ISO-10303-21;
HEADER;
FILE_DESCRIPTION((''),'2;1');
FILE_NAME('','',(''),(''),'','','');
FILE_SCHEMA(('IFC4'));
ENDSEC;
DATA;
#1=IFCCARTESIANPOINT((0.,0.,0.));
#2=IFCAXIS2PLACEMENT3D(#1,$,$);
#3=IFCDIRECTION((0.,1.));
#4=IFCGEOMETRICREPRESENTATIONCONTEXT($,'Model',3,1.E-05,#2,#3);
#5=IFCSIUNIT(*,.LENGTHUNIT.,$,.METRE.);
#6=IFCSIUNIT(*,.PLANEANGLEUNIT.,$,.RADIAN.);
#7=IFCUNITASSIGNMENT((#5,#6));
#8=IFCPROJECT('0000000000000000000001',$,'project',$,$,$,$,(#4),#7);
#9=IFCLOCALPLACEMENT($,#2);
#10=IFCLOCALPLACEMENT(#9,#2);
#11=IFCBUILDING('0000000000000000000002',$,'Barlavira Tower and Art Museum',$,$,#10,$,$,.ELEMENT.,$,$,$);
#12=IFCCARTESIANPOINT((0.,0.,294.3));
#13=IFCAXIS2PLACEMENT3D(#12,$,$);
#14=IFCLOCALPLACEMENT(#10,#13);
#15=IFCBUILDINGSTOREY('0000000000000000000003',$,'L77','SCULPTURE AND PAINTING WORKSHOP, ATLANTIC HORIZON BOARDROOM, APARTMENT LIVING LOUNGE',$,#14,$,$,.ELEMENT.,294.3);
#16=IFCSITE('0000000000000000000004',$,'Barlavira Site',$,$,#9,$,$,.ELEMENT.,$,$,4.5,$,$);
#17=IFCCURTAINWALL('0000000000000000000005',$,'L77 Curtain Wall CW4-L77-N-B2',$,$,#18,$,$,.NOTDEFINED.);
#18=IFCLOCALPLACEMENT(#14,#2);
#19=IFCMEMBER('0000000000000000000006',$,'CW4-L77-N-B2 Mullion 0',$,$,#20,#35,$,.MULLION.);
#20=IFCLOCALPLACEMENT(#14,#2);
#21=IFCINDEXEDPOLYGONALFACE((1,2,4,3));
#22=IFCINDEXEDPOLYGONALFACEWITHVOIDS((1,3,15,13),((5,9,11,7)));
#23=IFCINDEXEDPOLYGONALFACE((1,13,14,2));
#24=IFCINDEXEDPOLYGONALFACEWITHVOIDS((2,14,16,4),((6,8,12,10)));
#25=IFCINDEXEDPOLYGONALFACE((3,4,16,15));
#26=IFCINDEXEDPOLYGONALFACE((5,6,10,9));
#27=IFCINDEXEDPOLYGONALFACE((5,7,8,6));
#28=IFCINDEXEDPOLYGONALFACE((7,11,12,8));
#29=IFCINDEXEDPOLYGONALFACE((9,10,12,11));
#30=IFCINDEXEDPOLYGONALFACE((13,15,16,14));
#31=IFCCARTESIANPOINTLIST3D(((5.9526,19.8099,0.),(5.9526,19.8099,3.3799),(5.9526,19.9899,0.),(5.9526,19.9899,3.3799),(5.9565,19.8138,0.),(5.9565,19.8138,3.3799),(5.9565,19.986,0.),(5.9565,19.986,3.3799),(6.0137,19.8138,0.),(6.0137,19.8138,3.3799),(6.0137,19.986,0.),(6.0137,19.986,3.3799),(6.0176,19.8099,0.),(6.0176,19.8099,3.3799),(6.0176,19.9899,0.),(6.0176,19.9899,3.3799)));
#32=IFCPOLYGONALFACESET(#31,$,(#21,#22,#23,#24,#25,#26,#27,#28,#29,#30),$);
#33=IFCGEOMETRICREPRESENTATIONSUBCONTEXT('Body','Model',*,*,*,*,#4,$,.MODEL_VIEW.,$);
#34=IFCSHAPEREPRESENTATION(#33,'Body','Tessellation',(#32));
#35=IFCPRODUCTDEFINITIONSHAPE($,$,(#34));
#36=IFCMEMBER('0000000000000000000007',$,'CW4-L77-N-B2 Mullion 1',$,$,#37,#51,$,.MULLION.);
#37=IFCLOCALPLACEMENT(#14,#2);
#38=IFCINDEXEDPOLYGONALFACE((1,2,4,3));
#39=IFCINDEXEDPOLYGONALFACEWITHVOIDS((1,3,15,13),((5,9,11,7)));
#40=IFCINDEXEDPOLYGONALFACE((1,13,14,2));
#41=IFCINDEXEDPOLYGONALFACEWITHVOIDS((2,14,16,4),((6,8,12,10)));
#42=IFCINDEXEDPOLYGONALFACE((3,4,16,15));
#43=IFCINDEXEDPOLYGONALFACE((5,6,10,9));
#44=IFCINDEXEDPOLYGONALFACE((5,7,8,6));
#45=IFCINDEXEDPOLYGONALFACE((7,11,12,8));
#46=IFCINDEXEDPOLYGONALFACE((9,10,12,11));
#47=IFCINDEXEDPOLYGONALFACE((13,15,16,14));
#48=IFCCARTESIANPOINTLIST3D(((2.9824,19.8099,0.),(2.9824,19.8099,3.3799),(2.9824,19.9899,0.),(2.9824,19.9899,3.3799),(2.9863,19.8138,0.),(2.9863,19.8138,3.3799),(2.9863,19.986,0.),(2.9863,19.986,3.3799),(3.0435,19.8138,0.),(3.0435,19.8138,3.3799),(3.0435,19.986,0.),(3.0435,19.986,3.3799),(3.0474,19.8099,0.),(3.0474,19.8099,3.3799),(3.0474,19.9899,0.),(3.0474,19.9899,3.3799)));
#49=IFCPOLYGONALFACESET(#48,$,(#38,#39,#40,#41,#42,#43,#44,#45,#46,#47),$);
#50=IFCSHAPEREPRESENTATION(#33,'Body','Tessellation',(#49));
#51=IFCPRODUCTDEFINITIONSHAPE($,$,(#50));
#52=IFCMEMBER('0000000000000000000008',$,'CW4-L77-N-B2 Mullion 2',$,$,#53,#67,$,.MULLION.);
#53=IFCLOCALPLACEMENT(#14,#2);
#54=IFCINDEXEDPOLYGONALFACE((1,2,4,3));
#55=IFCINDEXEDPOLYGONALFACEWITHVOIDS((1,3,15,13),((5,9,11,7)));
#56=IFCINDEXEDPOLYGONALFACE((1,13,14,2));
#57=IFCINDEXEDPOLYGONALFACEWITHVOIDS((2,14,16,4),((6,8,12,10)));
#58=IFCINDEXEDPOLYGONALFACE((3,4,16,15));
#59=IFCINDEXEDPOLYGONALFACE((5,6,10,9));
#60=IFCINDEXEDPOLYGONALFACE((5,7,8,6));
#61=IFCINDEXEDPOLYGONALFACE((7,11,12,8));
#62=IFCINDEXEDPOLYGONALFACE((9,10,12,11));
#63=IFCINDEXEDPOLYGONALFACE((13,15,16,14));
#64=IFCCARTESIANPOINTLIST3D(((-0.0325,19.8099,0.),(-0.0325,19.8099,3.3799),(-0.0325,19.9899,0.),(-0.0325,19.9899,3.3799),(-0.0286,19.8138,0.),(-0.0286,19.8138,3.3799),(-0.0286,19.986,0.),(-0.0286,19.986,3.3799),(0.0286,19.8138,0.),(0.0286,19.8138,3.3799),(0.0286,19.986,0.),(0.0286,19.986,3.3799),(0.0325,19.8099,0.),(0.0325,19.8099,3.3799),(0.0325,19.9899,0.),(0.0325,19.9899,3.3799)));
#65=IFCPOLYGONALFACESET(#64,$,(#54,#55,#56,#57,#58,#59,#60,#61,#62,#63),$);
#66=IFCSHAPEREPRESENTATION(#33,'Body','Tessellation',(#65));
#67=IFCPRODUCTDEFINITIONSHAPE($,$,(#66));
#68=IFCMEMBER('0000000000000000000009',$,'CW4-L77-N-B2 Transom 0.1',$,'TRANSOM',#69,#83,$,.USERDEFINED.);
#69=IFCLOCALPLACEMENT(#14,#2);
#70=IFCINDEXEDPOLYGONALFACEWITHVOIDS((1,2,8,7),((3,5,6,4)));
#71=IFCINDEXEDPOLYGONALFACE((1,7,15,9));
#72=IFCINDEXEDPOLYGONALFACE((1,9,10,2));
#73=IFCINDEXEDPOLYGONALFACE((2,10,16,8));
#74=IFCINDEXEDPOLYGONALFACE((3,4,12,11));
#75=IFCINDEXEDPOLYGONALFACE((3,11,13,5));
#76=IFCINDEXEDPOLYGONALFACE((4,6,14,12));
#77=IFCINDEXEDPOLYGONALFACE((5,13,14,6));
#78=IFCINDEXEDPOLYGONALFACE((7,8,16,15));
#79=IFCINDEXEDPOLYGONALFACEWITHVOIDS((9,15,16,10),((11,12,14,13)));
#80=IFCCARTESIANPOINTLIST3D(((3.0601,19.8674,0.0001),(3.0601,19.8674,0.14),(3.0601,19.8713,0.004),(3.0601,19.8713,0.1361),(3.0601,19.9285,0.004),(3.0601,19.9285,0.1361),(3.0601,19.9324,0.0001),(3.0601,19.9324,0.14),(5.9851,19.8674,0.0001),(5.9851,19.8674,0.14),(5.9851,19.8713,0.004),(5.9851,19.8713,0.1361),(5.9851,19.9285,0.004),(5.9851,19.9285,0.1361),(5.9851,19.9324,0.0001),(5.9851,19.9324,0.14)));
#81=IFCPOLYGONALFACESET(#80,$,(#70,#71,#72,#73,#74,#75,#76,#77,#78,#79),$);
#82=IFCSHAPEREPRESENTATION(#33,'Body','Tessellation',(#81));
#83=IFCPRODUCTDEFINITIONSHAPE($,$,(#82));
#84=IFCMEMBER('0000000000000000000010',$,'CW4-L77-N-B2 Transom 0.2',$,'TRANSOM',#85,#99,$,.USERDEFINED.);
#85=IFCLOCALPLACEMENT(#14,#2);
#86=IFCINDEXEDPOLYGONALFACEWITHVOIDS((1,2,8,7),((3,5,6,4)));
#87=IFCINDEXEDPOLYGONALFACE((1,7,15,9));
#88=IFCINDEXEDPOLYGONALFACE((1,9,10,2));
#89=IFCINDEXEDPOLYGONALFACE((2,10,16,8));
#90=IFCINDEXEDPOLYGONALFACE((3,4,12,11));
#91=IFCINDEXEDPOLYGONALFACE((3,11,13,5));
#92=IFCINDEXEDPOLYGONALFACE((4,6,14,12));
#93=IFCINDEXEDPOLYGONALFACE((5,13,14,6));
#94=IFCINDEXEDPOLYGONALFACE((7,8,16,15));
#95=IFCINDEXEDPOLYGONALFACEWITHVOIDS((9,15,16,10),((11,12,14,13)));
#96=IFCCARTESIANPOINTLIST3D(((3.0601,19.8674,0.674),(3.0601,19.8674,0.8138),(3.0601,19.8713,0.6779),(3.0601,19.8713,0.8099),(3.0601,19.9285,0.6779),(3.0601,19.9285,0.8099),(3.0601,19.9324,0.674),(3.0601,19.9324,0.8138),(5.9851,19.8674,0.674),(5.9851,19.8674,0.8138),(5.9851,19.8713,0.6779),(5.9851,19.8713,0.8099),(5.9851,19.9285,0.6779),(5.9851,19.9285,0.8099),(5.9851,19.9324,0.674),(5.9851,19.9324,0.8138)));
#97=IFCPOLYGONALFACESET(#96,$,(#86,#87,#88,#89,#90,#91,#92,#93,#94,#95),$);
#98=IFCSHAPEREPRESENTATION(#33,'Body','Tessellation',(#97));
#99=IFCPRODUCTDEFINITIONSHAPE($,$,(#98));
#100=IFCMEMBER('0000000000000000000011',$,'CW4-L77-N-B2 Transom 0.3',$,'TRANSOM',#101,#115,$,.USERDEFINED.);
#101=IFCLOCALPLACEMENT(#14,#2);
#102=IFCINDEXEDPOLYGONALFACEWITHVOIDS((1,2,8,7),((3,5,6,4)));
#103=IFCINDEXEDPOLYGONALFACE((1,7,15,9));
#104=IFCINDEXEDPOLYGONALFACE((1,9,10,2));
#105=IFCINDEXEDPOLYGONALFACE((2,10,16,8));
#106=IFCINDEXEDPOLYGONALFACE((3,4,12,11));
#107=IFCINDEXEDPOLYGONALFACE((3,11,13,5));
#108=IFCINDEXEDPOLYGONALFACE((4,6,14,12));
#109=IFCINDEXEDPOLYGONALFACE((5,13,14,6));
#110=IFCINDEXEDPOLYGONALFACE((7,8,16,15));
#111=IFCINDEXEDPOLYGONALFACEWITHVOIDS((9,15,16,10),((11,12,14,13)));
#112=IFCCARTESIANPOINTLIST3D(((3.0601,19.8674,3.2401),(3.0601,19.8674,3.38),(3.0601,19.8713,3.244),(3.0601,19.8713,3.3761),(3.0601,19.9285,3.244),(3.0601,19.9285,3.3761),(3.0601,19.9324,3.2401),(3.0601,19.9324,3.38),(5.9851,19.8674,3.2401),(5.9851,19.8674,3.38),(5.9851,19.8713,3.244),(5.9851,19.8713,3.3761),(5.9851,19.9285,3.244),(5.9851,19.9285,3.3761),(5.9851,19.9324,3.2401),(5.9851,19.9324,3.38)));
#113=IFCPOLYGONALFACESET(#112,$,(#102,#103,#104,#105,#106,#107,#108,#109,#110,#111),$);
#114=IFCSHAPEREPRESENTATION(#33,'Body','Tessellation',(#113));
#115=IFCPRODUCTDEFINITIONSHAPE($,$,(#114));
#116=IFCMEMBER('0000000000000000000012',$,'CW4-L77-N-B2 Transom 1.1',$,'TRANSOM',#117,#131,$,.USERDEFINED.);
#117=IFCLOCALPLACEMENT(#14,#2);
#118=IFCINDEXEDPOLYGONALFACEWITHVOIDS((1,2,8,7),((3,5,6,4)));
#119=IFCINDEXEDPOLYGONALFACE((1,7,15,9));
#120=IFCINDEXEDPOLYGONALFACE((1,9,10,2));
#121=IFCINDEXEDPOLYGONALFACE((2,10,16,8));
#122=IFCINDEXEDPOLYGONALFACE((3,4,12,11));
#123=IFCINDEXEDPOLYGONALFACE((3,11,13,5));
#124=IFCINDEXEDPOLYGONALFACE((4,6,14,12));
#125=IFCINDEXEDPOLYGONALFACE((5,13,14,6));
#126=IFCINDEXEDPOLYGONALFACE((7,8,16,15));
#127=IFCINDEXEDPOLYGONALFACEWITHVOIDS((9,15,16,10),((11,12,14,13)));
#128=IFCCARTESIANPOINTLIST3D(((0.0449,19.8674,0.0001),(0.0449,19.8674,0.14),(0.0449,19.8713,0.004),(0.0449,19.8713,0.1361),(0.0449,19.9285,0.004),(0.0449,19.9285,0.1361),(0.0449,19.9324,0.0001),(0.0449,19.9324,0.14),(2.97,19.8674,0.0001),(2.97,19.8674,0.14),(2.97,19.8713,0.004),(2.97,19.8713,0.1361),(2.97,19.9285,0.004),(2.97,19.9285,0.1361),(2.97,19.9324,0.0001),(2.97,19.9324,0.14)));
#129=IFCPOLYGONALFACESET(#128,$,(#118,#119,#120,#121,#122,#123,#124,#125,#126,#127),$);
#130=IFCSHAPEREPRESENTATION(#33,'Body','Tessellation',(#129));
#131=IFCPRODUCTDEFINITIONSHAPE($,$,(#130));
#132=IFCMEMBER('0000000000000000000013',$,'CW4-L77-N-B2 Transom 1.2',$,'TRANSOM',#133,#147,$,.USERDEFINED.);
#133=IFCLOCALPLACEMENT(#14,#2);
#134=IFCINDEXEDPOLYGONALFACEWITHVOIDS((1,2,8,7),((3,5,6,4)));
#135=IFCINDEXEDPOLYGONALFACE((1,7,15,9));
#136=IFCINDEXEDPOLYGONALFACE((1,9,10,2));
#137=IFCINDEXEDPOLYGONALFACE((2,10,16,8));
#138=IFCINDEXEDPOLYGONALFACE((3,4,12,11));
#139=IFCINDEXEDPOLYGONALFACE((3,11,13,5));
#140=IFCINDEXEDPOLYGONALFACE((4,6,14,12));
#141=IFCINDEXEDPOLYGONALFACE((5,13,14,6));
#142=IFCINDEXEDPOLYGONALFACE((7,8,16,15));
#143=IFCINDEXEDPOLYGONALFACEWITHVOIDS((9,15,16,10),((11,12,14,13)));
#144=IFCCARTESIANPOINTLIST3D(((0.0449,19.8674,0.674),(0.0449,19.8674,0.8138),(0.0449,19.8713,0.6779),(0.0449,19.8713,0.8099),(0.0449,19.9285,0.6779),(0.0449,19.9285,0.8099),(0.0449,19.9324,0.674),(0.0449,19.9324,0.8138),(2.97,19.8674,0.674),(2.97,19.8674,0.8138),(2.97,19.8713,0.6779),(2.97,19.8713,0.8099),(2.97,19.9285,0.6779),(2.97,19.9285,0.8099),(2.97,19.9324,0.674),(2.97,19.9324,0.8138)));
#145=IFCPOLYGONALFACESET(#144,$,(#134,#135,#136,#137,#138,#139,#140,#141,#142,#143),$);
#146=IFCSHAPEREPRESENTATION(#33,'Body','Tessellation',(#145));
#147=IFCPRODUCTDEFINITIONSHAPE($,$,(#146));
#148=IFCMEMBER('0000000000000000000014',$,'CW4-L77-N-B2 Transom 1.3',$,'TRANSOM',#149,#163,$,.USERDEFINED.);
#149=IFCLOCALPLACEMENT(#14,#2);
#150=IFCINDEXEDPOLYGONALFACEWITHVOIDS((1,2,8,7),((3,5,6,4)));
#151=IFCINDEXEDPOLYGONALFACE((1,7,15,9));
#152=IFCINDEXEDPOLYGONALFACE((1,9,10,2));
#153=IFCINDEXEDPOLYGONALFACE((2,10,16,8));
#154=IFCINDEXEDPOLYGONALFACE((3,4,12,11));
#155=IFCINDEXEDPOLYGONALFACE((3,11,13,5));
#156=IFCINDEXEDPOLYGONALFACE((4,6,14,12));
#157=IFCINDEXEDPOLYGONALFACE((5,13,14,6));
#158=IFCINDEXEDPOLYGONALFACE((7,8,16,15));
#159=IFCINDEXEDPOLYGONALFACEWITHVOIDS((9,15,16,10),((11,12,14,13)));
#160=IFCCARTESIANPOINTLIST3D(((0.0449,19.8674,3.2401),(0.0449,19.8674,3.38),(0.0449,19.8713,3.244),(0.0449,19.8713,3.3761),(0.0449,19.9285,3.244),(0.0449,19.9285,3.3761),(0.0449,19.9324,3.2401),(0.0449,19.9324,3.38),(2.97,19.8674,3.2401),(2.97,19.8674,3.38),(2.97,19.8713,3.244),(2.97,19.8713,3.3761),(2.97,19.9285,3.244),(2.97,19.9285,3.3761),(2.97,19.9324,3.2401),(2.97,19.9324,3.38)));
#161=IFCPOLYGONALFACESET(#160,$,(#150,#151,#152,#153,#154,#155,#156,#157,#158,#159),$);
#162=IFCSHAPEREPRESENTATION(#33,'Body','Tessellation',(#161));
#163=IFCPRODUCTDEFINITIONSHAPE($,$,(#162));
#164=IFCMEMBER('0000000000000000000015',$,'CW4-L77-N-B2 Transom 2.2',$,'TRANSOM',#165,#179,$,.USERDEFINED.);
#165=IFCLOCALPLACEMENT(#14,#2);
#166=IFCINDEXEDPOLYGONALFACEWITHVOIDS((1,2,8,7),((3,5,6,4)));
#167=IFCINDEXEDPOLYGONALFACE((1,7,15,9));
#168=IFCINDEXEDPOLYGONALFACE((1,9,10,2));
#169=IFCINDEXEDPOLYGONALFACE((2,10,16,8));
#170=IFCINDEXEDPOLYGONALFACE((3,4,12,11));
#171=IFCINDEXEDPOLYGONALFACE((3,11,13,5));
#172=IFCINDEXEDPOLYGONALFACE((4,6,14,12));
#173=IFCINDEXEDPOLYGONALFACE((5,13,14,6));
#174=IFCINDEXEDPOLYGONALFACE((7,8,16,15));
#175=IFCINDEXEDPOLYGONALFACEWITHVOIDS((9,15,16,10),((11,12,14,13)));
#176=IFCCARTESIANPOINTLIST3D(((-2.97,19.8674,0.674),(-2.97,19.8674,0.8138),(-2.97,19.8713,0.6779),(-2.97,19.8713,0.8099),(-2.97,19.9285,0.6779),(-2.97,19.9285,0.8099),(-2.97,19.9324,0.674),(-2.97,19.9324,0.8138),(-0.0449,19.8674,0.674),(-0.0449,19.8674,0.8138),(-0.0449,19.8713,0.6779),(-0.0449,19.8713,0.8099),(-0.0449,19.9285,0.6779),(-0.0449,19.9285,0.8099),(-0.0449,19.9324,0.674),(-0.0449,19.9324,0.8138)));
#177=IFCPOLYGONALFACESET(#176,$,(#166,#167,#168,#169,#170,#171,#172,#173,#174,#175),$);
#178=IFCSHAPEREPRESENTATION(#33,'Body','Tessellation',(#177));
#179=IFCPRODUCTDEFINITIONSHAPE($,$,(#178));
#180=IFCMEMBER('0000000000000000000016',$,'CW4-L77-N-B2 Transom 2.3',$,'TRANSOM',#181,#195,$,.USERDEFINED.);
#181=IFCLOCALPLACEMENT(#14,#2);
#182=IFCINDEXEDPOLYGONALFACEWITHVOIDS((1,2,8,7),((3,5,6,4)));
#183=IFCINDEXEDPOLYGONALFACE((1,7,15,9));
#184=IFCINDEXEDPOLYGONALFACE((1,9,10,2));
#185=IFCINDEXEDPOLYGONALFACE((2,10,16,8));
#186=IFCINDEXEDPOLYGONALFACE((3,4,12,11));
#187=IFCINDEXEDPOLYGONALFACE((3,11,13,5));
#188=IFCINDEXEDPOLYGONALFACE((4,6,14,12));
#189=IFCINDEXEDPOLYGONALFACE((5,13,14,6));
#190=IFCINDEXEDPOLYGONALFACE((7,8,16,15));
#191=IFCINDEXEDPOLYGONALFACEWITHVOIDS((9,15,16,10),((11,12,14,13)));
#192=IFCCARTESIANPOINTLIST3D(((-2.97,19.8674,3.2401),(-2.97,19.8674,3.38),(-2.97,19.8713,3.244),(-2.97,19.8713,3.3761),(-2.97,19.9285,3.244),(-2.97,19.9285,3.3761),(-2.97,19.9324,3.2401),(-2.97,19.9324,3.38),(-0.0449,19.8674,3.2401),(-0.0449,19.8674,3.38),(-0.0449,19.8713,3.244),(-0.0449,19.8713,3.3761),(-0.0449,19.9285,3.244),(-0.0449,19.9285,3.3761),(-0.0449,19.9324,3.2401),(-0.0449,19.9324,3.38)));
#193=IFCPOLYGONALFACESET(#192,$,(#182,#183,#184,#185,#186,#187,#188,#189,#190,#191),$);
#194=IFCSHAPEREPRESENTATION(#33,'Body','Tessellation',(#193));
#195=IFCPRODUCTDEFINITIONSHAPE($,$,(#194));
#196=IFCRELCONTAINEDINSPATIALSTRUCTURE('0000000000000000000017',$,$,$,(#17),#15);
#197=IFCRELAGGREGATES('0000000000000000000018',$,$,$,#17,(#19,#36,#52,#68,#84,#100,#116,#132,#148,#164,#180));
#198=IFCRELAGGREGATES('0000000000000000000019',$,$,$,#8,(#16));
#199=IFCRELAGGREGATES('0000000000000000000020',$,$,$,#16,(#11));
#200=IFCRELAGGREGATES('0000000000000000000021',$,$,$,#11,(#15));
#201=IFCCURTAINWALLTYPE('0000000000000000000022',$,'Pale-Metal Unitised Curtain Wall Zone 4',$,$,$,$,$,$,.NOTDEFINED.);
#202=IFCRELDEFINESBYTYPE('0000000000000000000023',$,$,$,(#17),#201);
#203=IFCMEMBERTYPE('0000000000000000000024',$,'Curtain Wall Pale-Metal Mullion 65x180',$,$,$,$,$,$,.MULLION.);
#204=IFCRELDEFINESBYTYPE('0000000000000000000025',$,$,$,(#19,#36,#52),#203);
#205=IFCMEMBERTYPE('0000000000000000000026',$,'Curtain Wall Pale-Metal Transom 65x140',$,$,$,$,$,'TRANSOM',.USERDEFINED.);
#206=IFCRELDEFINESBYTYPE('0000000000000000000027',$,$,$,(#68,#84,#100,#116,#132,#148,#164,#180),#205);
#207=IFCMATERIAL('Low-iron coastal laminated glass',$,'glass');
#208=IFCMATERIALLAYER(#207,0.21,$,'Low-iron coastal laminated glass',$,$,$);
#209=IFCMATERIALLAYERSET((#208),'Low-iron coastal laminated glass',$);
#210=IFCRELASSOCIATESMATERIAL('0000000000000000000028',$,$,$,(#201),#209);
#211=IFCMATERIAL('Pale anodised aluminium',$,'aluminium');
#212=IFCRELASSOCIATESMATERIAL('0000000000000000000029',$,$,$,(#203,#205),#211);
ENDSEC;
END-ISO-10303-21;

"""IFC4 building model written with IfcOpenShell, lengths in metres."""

from ifc_helpers import new_model, si_unit, direction, frame, origin, origin_2d, place, context, subcontext, project, spatial, hollow_rectangle, extrude, material, layer, layer_set, material_profile, profile_set, type_object, element, aggregate, save


model = new_model("IFC4")

# Units and contexts
model_context = context("Model", 3, precision=1e-05, world=origin(), true_north=direction((0.0, 1.0)))
body_context = subcontext(model_context, "Body", "Model", "MODEL_VIEW")
ifc_project = project(units=[si_unit("LENGTHUNIT", "METRE"), si_unit("PLANEANGLEUNIT", "RADIAN")], contexts=[model_context])

# Site, building, storey
site_placement = place(None, origin())
site = spatial("IfcSite", under=ifc_project, at=site_placement, Name="Barlavira Site", CompositionType="ELEMENT", RefElevation=4.5)
building_placement = place(site_placement, origin())
building = spatial("IfcBuilding", under=site, at=building_placement, Name="Barlavira Tower and Art Museum", CompositionType="ELEMENT")
storey_placement = place(building_placement, frame((0.0, 0.0, 294.3)))
storey = spatial("IfcBuildingStorey", under=building, at=storey_placement, Name="L77", Description="SCULPTURE AND PAINTING WORKSHOP, ATLANTIC HORIZON BOARDROOM, APARTMENT LIVING LOUNGE", CompositionType="ELEMENT", Elevation=294.3)

# Curtain wall, members
ifc_material_1 = material(Name="Low-iron coastal laminated glass", Category="glass")
ifc_layer_1 = layer(ifc_material_1, 0.21, Name="Low-iron coastal laminated glass")
ifc_layer_set_1 = layer_set([ifc_layer_1], Name="Low-iron coastal laminated glass")
curtain_wall_type = type_object("IfcCurtainWallType", Name="Pale-Metal Unitised Curtain Wall Zone 4", PredefinedType="NOTDEFINED", material=ifc_layer_set_1)
curtain_wall_placement = place(storey_placement, origin())
curtain_wall = element("IfcCurtainWall", 1, at=curtain_wall_placement, inside=storey, type_object=curtain_wall_type, Name="L77 Curtain Wall CW4-L77-N-B2", PredefinedType="NOTDEFINED")
ifc_material_2 = material(Name="Pale anodised aluminium", Category="aluminium")
ifc_material_profile_1 = material_profile(ifc_material_2, hollow_rectangle(XDim=0.0649, YDim=0.1799, WallThickness=0.0039, at=origin_2d()), Name="ALU-MULL 65x180x4")
ifc_profile_set_1 = profile_set([ifc_material_profile_1], Name="Pale anodised aluminium")
member_type_1 = type_object("IfcMemberType", Name="Curtain Wall Pale-Metal Mullion 65x180", PredefinedType="MULLION", material=ifc_profile_set_1)
member_1_placement = place(storey_placement, frame((5.9851, 19.8999, 0.0), z_axis=(0.0, 0.0, 1.0), x_axis=(-1.0, 0.0, 0.0)))
member_1 = element("IfcMember", 2, at=member_1_placement, type_object=member_type_1, Name="CW4-L77-N-B2 Mullion 0", PredefinedType="MULLION", context=body_context, shape_type="SweptSolid", body=[
    extrude(hollow_rectangle(XDim=0.0649, YDim=0.1799, WallThickness=0.0039, at=origin_2d()), origin(), (0.0, 0.0, 1.0), 3.3799),
])
member_2_placement = place(storey_placement, frame((3.0149, 19.8999, 0.0), z_axis=(0.0, 0.0, 1.0), x_axis=(-1.0, 0.0, 0.0)))
member_2 = element("IfcMember", 3, at=member_2_placement, type_object=member_type_1, Name="CW4-L77-N-B2 Mullion 1", PredefinedType="MULLION", context=body_context, shape_type="SweptSolid", body=[
    extrude(hollow_rectangle(XDim=0.0649, YDim=0.1799, WallThickness=0.0039, at=origin_2d()), origin(), (0.0, 0.0, 1.0), 3.3799),
])
member_3_placement = place(storey_placement, frame((0.0, 19.8999, 0.0), z_axis=(0.0, 0.0, 1.0), x_axis=(-1.0, 0.0, 0.0)))
member_3 = element("IfcMember", 4, at=member_3_placement, type_object=member_type_1, Name="CW4-L77-N-B2 Mullion 2", PredefinedType="MULLION", context=body_context, shape_type="SweptSolid", body=[
    extrude(hollow_rectangle(XDim=0.0649, YDim=0.1799, WallThickness=0.0039, at=origin_2d()), origin(), (0.0, 0.0, 1.0), 3.3799),
])
ifc_material_profile_2 = material_profile(ifc_material_2, hollow_rectangle(XDim=0.0649, YDim=0.1399, WallThickness=0.0039, at=origin_2d()), Name="ALU-TRAN 65x140x4")
ifc_profile_set_2 = profile_set([ifc_material_profile_2], Name="Pale anodised aluminium")
member_type_2 = type_object("IfcMemberType", Name="Curtain Wall Pale-Metal Transom 65x140", ElementType="TRANSOM", PredefinedType="USERDEFINED", material=ifc_profile_set_2)
member_4_placement = place(storey_placement, frame((5.9851, 19.8999, 0.0701), z_axis=(-1.0, 0.0, 0.0), x_axis=(0.0, -1.0, 0.0)))
member_4 = element("IfcMember", 5, at=member_4_placement, type_object=member_type_2, Name="CW4-L77-N-B2 Transom 0.1", ObjectType="TRANSOM", PredefinedType="USERDEFINED", context=body_context, shape_type="SweptSolid", body=[
    extrude(hollow_rectangle(XDim=0.0649, YDim=0.1399, WallThickness=0.0039, at=origin_2d()), origin(), (0.0, 0.0, 1.0), 2.925),
])
member_5_placement = place(storey_placement, frame((5.9851, 19.8999, 0.7439), z_axis=(-1.0, 0.0, 0.0), x_axis=(0.0, -1.0, 0.0)))
member_5 = element("IfcMember", 6, at=member_5_placement, type_object=member_type_2, Name="CW4-L77-N-B2 Transom 0.2", ObjectType="TRANSOM", PredefinedType="USERDEFINED", context=body_context, shape_type="SweptSolid", body=[
    extrude(hollow_rectangle(XDim=0.0649, YDim=0.1399, WallThickness=0.0039, at=origin_2d()), origin(), (0.0, 0.0, 1.0), 2.925),
])
member_6_placement = place(storey_placement, frame((5.9851, 19.8999, 3.3101), z_axis=(-1.0, 0.0, 0.0), x_axis=(0.0, -1.0, 0.0)))
member_6 = element("IfcMember", 7, at=member_6_placement, type_object=member_type_2, Name="CW4-L77-N-B2 Transom 0.3", ObjectType="TRANSOM", PredefinedType="USERDEFINED", context=body_context, shape_type="SweptSolid", body=[
    extrude(hollow_rectangle(XDim=0.0649, YDim=0.1399, WallThickness=0.0039, at=origin_2d()), origin(), (0.0, 0.0, 1.0), 2.925),
])
member_7_placement = place(storey_placement, frame((2.97, 19.8999, 0.0701), z_axis=(-1.0, 0.0, 0.0), x_axis=(0.0, -1.0, 0.0)))
member_7 = element("IfcMember", 8, at=member_7_placement, type_object=member_type_2, Name="CW4-L77-N-B2 Transom 1.1", ObjectType="TRANSOM", PredefinedType="USERDEFINED", context=body_context, shape_type="SweptSolid", body=[
    extrude(hollow_rectangle(XDim=0.0649, YDim=0.1399, WallThickness=0.0039, at=origin_2d()), origin(), (0.0, 0.0, 1.0), 2.925),
])
member_8_placement = place(storey_placement, frame((2.97, 19.8999, 0.7439), z_axis=(-1.0, 0.0, 0.0), x_axis=(0.0, -1.0, 0.0)))
member_8 = element("IfcMember", 9, at=member_8_placement, type_object=member_type_2, Name="CW4-L77-N-B2 Transom 1.2", ObjectType="TRANSOM", PredefinedType="USERDEFINED", context=body_context, shape_type="SweptSolid", body=[
    extrude(hollow_rectangle(XDim=0.0649, YDim=0.1399, WallThickness=0.0039, at=origin_2d()), origin(), (0.0, 0.0, 1.0), 2.925),
])
member_9_placement = place(storey_placement, frame((2.97, 19.8999, 3.3101), z_axis=(-1.0, 0.0, 0.0), x_axis=(0.0, -1.0, 0.0)))
member_9 = element("IfcMember", 10, at=member_9_placement, type_object=member_type_2, Name="CW4-L77-N-B2 Transom 1.3", ObjectType="TRANSOM", PredefinedType="USERDEFINED", context=body_context, shape_type="SweptSolid", body=[
    extrude(hollow_rectangle(XDim=0.0649, YDim=0.1399, WallThickness=0.0039, at=origin_2d()), origin(), (0.0, 0.0, 1.0), 2.925),
])
member_10_placement = place(storey_placement, frame((-0.0449, 19.8999, 0.7439), z_axis=(-1.0, 0.0, 0.0), x_axis=(0.0, -1.0, 0.0)))
member_10 = element("IfcMember", 11, at=member_10_placement, type_object=member_type_2, Name="CW4-L77-N-B2 Transom 2.2", ObjectType="TRANSOM", PredefinedType="USERDEFINED", context=body_context, shape_type="SweptSolid", body=[
    extrude(hollow_rectangle(XDim=0.0649, YDim=0.1399, WallThickness=0.0039, at=origin_2d()), origin(), (0.0, 0.0, 1.0), 2.925),
])
member_11_placement = place(storey_placement, frame((-0.0449, 19.8999, 3.3101), z_axis=(-1.0, 0.0, 0.0), x_axis=(0.0, -1.0, 0.0)))
member_11 = element("IfcMember", 12, at=member_11_placement, type_object=member_type_2, Name="CW4-L77-N-B2 Transom 2.3", ObjectType="TRANSOM", PredefinedType="USERDEFINED", context=body_context, shape_type="SweptSolid", body=[
    extrude(hollow_rectangle(XDim=0.0649, YDim=0.1399, WallThickness=0.0039, at=origin_2d()), origin(), (0.0, 0.0, 1.0), 2.925),
])

aggregate(curtain_wall, [member_1, member_2, member_3, member_4, member_5, member_6, member_7, member_8, member_9, member_10, member_11])

save(model, "model.ifc")
